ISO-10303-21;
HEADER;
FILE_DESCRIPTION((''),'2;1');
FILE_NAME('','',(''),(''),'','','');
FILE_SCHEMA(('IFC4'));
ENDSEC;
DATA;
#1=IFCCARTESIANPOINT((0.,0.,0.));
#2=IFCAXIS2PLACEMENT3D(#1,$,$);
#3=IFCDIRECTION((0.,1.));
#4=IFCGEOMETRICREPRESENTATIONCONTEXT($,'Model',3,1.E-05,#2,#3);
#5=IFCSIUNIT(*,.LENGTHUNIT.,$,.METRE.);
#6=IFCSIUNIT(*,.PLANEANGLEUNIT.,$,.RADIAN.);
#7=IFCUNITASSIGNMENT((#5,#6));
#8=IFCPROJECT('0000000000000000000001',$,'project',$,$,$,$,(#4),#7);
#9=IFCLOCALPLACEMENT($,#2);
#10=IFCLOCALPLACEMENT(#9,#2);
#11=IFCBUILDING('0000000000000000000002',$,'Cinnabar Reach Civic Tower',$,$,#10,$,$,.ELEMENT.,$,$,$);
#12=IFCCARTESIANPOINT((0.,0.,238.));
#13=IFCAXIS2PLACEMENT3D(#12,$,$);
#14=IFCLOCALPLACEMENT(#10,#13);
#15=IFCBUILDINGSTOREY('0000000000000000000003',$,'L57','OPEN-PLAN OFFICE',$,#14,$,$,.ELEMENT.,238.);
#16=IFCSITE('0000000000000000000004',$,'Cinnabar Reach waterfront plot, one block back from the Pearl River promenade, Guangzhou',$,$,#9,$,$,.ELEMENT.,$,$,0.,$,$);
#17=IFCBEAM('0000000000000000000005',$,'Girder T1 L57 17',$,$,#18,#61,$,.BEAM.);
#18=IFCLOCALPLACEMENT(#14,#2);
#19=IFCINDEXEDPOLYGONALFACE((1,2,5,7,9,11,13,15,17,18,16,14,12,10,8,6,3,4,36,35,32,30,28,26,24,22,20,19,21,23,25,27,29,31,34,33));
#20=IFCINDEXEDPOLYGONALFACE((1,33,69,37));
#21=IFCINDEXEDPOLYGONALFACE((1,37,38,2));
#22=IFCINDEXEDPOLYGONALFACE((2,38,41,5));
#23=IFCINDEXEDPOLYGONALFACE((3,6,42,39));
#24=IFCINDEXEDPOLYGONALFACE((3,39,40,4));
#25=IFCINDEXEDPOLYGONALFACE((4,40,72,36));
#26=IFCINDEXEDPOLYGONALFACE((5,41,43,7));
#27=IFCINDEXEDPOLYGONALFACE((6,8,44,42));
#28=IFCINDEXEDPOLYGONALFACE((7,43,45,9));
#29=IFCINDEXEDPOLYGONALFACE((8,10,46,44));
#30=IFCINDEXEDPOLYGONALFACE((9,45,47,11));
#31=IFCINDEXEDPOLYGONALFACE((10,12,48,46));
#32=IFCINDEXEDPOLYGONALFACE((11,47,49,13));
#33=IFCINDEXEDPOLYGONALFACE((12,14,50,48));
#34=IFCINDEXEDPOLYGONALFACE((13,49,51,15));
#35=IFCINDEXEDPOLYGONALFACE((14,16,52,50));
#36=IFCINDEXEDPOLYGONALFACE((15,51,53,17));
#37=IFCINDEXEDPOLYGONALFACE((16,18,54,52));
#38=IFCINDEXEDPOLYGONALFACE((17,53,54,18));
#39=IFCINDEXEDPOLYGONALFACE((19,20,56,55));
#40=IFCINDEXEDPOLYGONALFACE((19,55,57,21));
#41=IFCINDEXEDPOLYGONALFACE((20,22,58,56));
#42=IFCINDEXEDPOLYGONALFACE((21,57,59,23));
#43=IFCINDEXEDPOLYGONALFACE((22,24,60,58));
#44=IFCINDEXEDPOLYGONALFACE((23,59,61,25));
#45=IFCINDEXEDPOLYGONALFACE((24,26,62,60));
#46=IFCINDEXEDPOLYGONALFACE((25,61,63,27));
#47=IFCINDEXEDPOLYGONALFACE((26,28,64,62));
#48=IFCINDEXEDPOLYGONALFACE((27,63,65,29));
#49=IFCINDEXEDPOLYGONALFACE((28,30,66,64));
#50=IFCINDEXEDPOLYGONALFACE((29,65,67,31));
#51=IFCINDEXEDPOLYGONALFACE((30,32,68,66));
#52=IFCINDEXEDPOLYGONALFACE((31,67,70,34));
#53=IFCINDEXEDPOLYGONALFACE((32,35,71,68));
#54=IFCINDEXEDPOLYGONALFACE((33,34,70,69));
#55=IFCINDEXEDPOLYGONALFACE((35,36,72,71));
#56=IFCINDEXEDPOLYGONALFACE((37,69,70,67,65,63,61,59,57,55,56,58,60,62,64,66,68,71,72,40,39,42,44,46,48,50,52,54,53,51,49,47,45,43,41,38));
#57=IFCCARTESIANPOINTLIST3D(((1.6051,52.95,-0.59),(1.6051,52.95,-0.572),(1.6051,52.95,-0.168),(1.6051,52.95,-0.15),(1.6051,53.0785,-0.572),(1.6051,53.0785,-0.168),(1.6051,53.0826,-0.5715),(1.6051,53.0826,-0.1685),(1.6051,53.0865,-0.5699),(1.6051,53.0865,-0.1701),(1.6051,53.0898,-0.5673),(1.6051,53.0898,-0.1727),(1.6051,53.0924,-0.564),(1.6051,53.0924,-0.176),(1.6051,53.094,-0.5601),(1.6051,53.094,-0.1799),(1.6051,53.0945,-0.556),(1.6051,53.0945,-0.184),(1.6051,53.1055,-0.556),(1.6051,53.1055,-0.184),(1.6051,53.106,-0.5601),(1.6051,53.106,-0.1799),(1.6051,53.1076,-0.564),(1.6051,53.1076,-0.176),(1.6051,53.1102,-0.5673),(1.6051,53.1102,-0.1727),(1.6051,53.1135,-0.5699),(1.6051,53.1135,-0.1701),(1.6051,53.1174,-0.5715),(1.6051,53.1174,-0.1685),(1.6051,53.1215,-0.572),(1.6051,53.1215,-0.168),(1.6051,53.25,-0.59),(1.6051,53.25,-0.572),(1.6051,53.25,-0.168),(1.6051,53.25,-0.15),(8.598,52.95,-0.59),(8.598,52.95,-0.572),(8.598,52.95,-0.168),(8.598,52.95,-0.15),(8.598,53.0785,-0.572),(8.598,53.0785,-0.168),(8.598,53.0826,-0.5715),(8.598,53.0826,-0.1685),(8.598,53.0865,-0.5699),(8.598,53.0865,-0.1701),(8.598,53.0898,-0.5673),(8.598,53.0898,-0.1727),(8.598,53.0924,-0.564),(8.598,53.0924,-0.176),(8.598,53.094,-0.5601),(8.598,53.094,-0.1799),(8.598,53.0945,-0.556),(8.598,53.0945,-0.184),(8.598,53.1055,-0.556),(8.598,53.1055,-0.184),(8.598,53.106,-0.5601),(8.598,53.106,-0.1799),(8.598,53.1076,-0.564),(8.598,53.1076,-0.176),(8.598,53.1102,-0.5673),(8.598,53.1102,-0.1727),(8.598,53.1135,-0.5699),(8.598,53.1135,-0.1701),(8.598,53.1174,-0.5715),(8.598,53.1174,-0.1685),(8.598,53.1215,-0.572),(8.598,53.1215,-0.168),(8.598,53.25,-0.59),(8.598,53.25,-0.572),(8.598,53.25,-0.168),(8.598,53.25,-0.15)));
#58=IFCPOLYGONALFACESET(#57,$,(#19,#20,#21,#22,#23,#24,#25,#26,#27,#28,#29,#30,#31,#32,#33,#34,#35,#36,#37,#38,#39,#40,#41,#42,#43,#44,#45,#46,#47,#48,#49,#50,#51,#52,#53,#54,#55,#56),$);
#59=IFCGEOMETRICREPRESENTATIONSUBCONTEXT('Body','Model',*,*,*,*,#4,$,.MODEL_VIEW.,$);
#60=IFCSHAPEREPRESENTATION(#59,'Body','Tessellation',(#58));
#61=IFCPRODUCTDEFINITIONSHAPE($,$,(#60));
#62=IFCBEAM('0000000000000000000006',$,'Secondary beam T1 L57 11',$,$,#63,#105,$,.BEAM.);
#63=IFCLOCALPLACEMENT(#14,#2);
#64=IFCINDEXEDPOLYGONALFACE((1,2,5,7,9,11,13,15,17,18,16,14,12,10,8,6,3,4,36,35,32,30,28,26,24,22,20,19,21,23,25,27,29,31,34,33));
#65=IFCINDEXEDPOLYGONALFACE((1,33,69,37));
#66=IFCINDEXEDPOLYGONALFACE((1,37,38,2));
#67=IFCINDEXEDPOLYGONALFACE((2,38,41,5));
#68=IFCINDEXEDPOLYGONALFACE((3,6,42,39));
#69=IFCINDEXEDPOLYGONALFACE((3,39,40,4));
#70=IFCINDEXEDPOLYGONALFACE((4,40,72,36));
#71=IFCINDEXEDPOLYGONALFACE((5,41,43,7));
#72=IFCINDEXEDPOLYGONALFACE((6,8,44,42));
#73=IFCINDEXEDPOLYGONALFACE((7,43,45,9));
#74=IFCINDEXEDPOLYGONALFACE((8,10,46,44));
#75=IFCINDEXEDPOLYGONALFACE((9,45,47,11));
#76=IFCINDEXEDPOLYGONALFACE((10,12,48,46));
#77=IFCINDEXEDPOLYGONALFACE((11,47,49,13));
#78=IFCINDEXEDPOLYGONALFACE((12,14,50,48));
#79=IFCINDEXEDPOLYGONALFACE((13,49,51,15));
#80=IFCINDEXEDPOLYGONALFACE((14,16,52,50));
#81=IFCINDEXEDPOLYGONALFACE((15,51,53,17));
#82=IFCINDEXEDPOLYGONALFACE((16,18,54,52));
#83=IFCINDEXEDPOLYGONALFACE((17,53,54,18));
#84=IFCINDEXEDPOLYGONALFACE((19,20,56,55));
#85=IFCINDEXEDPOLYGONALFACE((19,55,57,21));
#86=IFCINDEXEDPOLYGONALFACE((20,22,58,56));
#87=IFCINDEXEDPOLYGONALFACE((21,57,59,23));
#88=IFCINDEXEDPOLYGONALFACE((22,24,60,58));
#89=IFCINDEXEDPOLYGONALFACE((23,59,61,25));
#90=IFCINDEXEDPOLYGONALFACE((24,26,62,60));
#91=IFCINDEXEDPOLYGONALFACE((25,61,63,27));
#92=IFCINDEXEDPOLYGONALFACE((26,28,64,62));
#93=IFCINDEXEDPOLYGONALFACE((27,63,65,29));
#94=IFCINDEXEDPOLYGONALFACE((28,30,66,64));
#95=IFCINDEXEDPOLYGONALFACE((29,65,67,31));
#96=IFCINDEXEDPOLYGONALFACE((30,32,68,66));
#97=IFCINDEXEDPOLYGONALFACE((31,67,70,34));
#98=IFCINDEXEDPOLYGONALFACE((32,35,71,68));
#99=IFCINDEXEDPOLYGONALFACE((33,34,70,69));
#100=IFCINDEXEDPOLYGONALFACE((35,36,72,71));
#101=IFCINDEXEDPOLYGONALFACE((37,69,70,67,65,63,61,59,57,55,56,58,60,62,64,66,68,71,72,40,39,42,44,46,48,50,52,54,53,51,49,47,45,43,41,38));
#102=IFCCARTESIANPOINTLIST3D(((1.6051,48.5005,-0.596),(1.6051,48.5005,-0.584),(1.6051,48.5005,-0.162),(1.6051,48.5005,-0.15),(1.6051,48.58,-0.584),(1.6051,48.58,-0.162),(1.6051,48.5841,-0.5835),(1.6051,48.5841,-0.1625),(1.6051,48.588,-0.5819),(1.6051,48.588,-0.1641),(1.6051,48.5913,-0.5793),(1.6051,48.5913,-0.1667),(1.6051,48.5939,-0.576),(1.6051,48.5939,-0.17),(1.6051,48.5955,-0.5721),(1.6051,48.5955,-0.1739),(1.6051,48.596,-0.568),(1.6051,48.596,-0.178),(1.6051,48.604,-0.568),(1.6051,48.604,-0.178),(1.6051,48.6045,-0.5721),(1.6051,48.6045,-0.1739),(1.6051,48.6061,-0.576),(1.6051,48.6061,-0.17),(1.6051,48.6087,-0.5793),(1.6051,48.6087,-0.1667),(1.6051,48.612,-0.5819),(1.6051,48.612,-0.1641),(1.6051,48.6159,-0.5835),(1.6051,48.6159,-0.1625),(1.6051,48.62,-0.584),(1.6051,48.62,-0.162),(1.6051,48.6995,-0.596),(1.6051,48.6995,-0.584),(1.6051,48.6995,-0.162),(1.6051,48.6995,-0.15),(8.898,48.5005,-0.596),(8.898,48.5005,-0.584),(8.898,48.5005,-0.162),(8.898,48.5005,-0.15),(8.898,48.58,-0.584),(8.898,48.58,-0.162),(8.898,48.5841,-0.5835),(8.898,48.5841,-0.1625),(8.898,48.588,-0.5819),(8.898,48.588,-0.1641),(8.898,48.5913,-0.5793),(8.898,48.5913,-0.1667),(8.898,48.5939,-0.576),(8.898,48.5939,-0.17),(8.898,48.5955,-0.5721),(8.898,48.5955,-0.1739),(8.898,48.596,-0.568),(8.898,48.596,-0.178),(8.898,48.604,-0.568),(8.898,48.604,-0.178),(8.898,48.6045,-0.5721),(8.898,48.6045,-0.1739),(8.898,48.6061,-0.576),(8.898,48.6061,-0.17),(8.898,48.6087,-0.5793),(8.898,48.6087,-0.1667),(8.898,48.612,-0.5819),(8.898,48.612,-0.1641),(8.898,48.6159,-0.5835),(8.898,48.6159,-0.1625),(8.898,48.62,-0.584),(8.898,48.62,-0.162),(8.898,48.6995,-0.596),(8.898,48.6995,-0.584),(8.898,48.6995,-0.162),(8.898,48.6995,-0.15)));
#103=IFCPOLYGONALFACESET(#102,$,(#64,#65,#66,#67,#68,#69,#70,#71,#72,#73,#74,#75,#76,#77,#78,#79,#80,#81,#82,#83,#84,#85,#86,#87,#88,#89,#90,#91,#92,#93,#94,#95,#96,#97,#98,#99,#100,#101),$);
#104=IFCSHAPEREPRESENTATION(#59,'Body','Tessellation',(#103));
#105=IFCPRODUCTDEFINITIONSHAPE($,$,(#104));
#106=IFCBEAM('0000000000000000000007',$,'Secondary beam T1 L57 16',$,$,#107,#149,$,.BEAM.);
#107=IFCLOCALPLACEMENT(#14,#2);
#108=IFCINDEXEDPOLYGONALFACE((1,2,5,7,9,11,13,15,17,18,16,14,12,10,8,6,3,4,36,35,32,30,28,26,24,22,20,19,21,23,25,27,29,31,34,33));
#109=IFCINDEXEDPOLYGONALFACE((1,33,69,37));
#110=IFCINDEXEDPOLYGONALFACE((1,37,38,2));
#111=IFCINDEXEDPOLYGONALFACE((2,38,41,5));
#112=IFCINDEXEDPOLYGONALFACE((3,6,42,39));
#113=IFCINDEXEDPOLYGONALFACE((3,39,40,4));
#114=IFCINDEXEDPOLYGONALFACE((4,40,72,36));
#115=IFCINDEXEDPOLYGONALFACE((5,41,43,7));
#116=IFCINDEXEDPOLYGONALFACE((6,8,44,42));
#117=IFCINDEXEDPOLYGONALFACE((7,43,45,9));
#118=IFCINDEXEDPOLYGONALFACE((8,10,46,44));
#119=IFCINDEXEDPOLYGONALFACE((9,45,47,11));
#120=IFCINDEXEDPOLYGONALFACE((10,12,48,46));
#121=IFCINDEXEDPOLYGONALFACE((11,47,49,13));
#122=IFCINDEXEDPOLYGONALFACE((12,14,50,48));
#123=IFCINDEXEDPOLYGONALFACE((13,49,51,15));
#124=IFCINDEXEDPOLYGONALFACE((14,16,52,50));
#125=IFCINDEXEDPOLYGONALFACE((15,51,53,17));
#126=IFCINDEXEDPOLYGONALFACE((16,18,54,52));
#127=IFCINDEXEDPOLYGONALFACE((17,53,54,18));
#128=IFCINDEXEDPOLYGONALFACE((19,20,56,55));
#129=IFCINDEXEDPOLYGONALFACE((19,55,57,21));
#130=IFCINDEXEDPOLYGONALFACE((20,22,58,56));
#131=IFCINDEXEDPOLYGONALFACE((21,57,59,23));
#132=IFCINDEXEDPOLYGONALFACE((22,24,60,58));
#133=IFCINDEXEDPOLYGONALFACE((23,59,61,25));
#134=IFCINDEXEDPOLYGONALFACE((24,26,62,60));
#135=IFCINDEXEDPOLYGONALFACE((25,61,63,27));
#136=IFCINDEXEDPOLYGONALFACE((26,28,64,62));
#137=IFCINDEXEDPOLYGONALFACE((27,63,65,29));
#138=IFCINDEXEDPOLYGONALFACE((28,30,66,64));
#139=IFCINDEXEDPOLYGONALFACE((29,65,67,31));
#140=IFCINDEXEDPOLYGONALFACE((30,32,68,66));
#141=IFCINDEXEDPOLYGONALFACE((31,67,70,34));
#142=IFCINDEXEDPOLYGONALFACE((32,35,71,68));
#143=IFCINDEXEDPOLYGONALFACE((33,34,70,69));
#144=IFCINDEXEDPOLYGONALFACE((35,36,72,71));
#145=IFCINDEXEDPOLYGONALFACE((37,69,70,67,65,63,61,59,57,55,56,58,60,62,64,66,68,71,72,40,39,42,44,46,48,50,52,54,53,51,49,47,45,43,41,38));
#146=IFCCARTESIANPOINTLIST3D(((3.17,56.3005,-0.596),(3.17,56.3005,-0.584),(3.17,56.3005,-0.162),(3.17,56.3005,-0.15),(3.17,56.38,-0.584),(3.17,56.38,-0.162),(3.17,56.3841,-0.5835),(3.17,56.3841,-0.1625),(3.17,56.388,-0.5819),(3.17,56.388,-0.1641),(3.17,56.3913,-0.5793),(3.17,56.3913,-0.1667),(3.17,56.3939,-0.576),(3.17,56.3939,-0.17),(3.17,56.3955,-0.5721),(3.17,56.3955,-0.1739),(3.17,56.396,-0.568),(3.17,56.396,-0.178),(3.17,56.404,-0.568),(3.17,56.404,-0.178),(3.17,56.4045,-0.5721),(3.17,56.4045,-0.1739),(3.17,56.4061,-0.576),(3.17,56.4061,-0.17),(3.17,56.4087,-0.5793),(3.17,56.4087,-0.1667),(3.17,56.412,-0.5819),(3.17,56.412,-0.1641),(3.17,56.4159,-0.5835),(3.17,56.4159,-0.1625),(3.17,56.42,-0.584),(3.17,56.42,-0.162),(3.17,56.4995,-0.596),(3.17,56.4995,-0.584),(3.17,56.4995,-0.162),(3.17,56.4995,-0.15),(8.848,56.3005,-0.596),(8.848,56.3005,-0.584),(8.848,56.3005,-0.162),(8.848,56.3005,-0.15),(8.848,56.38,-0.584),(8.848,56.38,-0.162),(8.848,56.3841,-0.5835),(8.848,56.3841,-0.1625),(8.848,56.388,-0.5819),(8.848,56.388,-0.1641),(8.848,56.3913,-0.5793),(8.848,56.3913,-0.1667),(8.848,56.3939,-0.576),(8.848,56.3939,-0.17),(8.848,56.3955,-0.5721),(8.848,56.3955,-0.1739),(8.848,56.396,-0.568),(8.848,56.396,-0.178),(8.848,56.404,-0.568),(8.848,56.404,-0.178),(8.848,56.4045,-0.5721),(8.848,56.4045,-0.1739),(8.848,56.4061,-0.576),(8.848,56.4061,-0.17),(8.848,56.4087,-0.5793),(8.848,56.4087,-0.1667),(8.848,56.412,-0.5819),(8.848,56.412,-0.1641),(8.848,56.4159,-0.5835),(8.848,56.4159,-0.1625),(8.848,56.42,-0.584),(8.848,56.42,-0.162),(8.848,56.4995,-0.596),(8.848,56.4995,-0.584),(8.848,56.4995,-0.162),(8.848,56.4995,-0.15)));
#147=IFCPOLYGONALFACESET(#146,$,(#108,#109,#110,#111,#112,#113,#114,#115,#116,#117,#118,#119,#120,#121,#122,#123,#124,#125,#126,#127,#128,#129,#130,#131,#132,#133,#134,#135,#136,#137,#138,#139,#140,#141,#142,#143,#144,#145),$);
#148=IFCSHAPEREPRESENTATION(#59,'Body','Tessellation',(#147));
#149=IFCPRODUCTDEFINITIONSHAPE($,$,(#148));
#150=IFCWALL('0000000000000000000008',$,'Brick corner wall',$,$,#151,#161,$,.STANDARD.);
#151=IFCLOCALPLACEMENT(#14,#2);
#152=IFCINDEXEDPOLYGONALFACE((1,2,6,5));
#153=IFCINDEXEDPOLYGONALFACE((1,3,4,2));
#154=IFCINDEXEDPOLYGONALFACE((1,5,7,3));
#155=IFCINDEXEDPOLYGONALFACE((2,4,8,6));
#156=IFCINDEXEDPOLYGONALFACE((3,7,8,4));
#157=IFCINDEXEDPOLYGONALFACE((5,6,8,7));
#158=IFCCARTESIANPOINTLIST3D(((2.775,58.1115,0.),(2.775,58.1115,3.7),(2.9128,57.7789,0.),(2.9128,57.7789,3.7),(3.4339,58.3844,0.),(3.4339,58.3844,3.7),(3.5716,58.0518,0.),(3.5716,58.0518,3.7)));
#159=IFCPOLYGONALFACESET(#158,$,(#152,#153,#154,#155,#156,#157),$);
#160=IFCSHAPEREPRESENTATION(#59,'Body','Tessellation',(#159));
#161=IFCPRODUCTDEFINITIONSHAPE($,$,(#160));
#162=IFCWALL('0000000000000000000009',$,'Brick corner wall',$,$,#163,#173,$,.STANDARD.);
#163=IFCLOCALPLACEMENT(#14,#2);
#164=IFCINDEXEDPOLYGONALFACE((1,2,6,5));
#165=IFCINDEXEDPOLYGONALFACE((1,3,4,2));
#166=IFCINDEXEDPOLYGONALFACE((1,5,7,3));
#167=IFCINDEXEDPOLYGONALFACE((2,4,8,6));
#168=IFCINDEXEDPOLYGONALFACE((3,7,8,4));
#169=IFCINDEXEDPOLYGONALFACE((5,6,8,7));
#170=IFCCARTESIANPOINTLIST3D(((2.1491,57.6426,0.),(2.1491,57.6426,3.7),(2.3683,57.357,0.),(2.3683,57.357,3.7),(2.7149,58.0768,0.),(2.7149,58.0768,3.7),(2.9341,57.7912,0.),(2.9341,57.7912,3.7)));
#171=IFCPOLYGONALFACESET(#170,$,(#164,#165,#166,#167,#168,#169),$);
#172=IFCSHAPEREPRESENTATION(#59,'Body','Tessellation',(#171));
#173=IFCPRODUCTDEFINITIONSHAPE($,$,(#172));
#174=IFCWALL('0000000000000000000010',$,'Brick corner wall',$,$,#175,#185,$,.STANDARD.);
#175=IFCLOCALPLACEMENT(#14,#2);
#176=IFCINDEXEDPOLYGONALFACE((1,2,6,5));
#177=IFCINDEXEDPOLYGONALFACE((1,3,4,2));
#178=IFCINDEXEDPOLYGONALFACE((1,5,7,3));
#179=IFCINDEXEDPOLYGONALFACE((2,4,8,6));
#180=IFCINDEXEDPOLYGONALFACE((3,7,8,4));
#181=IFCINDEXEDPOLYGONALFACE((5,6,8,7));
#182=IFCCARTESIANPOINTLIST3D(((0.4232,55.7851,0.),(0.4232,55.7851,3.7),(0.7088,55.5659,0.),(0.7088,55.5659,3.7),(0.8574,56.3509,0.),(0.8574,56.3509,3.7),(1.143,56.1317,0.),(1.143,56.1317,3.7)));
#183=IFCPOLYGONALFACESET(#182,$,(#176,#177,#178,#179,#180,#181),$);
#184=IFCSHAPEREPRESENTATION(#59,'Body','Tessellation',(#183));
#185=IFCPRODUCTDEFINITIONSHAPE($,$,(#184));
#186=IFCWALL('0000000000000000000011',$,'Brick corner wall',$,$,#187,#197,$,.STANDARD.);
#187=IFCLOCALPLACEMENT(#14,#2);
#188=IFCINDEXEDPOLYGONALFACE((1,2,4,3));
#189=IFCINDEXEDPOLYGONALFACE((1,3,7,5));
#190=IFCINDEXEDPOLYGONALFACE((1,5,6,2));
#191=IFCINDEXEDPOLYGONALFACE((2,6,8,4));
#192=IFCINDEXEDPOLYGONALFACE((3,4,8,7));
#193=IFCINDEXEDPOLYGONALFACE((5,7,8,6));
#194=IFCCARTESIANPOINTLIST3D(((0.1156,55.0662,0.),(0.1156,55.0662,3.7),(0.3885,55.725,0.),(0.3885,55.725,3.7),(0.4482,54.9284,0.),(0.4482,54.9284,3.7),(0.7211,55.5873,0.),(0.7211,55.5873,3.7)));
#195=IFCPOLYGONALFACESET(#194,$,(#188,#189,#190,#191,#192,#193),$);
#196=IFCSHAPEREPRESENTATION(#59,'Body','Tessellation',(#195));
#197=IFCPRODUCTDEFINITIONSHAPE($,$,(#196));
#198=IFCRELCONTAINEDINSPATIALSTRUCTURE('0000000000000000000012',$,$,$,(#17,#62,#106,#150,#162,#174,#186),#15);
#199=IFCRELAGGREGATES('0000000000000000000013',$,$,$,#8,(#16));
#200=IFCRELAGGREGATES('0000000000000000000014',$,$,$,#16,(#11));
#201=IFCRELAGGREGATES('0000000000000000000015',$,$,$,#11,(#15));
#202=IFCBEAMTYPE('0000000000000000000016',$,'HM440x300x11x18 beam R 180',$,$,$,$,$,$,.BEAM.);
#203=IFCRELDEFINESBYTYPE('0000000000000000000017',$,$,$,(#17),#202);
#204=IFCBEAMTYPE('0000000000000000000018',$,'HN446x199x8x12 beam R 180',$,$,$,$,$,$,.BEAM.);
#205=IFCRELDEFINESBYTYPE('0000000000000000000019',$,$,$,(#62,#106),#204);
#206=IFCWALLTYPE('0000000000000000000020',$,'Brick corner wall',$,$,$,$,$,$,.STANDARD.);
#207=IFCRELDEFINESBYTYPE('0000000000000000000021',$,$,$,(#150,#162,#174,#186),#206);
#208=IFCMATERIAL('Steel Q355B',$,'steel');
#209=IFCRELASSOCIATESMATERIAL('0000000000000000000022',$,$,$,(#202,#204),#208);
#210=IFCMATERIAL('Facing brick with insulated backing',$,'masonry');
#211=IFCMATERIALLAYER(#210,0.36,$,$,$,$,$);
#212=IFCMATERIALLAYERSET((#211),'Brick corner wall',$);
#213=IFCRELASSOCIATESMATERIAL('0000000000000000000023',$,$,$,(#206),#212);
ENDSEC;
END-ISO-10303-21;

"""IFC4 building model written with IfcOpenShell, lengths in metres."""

from ifc_helpers import new_model, si_unit, direction, frame, frame_2d, origin, origin_2d, place, context, subcontext, project, spatial, rectangle, i_section, extrude, material, layer, layer_set, material_profile, profile_set, type_object, element, save


model = new_model("IFC4")

# Units and contexts
model_context = context("Model", 3, precision=1e-05, world=origin(), true_north=direction((0.0, 1.0)))
body_context = subcontext(model_context, "Body", "Model", "MODEL_VIEW")
ifc_project = project(units=[si_unit("LENGTHUNIT", "METRE"), si_unit("PLANEANGLEUNIT", "RADIAN")], contexts=[model_context])

# Site, building, storey
site_placement = place(None, origin())
site = spatial("IfcSite", under=ifc_project, at=site_placement, Name="Cinnabar Reach waterfront plot, one block back from the Pearl River promenade, Guangzhou", CompositionType="ELEMENT", RefElevation=0.0)
building_placement = place(site_placement, origin())
building = spatial("IfcBuilding", under=site, at=building_placement, Name="Cinnabar Reach Civic Tower", CompositionType="ELEMENT")
storey_placement = place(building_placement, frame((0.0, 0.0, 238.0)))
storey = spatial("IfcBuildingStorey", under=building, at=storey_placement, Name="L57", Description="OPEN-PLAN OFFICE", CompositionType="ELEMENT", Elevation=238.0)

# Beams
ifc_material_1 = material(Name="Steel Q355B", Category="steel")
ifc_material_profile_1 = material_profile(ifc_material_1, i_section(OverallWidth=0.3, OverallDepth=0.44, WebThickness=0.011, FlangeThickness=0.018, FilletRadius=0.016, at=origin_2d()), Name="HM440x300x11x18")
ifc_profile_set_1 = profile_set([ifc_material_profile_1], Name="Steel Q355B")
beam_type_1 = type_object("IfcBeamType", Name="HM440x300x11x18 beam R 180", PredefinedType="BEAM", material=ifc_profile_set_1)
beam_1_placement = place(storey_placement, frame((1.6051, 53.1, -0.37), z_axis=(1.0, 0.0, 0.0), x_axis=(0.0, 1.0, 0.0)))
element("IfcBeam", 1, at=beam_1_placement, inside=storey, type_object=beam_type_1, Name="Girder T1 L57 17", PredefinedType="BEAM", context=body_context, shape_type="SweptSolid", body=[
    extrude(i_section(OverallWidth=0.3, OverallDepth=0.44, WebThickness=0.011, FlangeThickness=0.018, FilletRadius=0.016, at=origin_2d()), origin(), (0.0, 0.0, 1.0), 6.9929),
])
ifc_material_profile_2 = material_profile(ifc_material_1, i_section(OverallWidth=0.199, OverallDepth=0.446, WebThickness=0.008, FlangeThickness=0.012, FilletRadius=0.016, at=origin_2d()), Name="HN446x199x8x12")
ifc_profile_set_2 = profile_set([ifc_material_profile_2], Name="Steel Q355B")
beam_type_2 = type_object("IfcBeamType", Name="HN446x199x8x12 beam R 180", PredefinedType="BEAM", material=ifc_profile_set_2)
beam_2_placement = place(storey_placement, frame((1.6051, 48.6, -0.373), z_axis=(1.0, 0.0, 0.0), x_axis=(0.0, 1.0, 0.0)))
element("IfcBeam", 2, at=beam_2_placement, inside=storey, type_object=beam_type_2, Name="Secondary beam T1 L57 11", PredefinedType="BEAM", context=body_context, shape_type="SweptSolid", body=[
    extrude(i_section(OverallWidth=0.199, OverallDepth=0.446, WebThickness=0.008, FlangeThickness=0.012, FilletRadius=0.016, at=origin_2d()), origin(), (0.0, 0.0, 1.0), 7.2929),
])
beam_3_placement = place(storey_placement, frame((3.17, 56.4, -0.373), z_axis=(1.0, 0.0, 0.0), x_axis=(0.0, 1.0, 0.0)))
element("IfcBeam", 3, at=beam_3_placement, inside=storey, type_object=beam_type_2, Name="Secondary beam T1 L57 16", PredefinedType="BEAM", context=body_context, shape_type="SweptSolid", body=[
    extrude(i_section(OverallWidth=0.199, OverallDepth=0.446, WebThickness=0.008, FlangeThickness=0.012, FilletRadius=0.016, at=origin_2d()), origin(), (0.0, 0.0, 1.0), 5.678),
])

# Walls
ifc_material_2 = material(Name="Facing brick with insulated backing", Category="masonry")
ifc_layer_1 = layer(ifc_material_2, 0.36)
ifc_layer_set_1 = layer_set([ifc_layer_1], Name="Brick corner wall")
wall_type_1 = type_object("IfcWallType", Name="Brick corner wall", PredefinedType="STANDARD", material=ifc_layer_set_1)
wall_1_placement = place(storey_placement, frame((3.5027, 58.2181, 0.0), z_axis=(0.0, 0.0, 1.0), x_axis=(-0.923872, -0.382703, 0.0)))
element("IfcWall", 4, at=wall_1_placement, inside=storey, type_object=wall_type_1, Name="Brick corner wall", PredefinedType="STANDARD", context=body_context, shape_type="SweptSolid", body=[
    extrude(rectangle(XDim=0.7131, YDim=0.36, at=frame_2d((0.3565, 0.0))), origin(), (0.0, 0.0, 1.0), 3.7),
])
for number, where, z_axis, x_axis, name in (
    (5, (2.8245, 57.934, 0.0), (0.0, 0.0, 1.0), (-0.793322, -0.608802, 0.0), "Brick corner wall"),
    (6, (1.0002, 56.2413, 0.0), (0.0, 0.0, 1.0), (-0.608802, -0.793322, 0.0), "Brick corner wall"),
):
    element("IfcWall", number, at=place(storey_placement, frame(where, z_axis=z_axis, x_axis=x_axis)), inside=storey, type_object=wall_type_1, Name=name, PredefinedType="STANDARD", context=body_context, shape_type="SweptSolid", body=[
        extrude(rectangle(XDim=0.7132, YDim=0.36, at=frame_2d((0.3566, 0.0))), origin(), (0.0, 0.0, 1.0), 3.7),
    ])
for number, where, z_axis, x_axis, name in (
    (7, (0.5548, 55.6561, 0.0), (0.0, 0.0, 1.0), (-0.382703, -0.923872, 0.0), "Brick corner wall"),
):
    element("IfcWall", number, at=place(storey_placement, frame(where, z_axis=z_axis, x_axis=x_axis)), inside=storey, type_object=wall_type_1, Name=name, PredefinedType="STANDARD", context=body_context, shape_type="SweptSolid", body=[
        extrude(rectangle(XDim=0.7131, YDim=0.36, at=frame_2d((0.3565, 0.0))), origin(), (0.0, 0.0, 1.0), 3.7),
    ])

save(model, "model.ifc")
